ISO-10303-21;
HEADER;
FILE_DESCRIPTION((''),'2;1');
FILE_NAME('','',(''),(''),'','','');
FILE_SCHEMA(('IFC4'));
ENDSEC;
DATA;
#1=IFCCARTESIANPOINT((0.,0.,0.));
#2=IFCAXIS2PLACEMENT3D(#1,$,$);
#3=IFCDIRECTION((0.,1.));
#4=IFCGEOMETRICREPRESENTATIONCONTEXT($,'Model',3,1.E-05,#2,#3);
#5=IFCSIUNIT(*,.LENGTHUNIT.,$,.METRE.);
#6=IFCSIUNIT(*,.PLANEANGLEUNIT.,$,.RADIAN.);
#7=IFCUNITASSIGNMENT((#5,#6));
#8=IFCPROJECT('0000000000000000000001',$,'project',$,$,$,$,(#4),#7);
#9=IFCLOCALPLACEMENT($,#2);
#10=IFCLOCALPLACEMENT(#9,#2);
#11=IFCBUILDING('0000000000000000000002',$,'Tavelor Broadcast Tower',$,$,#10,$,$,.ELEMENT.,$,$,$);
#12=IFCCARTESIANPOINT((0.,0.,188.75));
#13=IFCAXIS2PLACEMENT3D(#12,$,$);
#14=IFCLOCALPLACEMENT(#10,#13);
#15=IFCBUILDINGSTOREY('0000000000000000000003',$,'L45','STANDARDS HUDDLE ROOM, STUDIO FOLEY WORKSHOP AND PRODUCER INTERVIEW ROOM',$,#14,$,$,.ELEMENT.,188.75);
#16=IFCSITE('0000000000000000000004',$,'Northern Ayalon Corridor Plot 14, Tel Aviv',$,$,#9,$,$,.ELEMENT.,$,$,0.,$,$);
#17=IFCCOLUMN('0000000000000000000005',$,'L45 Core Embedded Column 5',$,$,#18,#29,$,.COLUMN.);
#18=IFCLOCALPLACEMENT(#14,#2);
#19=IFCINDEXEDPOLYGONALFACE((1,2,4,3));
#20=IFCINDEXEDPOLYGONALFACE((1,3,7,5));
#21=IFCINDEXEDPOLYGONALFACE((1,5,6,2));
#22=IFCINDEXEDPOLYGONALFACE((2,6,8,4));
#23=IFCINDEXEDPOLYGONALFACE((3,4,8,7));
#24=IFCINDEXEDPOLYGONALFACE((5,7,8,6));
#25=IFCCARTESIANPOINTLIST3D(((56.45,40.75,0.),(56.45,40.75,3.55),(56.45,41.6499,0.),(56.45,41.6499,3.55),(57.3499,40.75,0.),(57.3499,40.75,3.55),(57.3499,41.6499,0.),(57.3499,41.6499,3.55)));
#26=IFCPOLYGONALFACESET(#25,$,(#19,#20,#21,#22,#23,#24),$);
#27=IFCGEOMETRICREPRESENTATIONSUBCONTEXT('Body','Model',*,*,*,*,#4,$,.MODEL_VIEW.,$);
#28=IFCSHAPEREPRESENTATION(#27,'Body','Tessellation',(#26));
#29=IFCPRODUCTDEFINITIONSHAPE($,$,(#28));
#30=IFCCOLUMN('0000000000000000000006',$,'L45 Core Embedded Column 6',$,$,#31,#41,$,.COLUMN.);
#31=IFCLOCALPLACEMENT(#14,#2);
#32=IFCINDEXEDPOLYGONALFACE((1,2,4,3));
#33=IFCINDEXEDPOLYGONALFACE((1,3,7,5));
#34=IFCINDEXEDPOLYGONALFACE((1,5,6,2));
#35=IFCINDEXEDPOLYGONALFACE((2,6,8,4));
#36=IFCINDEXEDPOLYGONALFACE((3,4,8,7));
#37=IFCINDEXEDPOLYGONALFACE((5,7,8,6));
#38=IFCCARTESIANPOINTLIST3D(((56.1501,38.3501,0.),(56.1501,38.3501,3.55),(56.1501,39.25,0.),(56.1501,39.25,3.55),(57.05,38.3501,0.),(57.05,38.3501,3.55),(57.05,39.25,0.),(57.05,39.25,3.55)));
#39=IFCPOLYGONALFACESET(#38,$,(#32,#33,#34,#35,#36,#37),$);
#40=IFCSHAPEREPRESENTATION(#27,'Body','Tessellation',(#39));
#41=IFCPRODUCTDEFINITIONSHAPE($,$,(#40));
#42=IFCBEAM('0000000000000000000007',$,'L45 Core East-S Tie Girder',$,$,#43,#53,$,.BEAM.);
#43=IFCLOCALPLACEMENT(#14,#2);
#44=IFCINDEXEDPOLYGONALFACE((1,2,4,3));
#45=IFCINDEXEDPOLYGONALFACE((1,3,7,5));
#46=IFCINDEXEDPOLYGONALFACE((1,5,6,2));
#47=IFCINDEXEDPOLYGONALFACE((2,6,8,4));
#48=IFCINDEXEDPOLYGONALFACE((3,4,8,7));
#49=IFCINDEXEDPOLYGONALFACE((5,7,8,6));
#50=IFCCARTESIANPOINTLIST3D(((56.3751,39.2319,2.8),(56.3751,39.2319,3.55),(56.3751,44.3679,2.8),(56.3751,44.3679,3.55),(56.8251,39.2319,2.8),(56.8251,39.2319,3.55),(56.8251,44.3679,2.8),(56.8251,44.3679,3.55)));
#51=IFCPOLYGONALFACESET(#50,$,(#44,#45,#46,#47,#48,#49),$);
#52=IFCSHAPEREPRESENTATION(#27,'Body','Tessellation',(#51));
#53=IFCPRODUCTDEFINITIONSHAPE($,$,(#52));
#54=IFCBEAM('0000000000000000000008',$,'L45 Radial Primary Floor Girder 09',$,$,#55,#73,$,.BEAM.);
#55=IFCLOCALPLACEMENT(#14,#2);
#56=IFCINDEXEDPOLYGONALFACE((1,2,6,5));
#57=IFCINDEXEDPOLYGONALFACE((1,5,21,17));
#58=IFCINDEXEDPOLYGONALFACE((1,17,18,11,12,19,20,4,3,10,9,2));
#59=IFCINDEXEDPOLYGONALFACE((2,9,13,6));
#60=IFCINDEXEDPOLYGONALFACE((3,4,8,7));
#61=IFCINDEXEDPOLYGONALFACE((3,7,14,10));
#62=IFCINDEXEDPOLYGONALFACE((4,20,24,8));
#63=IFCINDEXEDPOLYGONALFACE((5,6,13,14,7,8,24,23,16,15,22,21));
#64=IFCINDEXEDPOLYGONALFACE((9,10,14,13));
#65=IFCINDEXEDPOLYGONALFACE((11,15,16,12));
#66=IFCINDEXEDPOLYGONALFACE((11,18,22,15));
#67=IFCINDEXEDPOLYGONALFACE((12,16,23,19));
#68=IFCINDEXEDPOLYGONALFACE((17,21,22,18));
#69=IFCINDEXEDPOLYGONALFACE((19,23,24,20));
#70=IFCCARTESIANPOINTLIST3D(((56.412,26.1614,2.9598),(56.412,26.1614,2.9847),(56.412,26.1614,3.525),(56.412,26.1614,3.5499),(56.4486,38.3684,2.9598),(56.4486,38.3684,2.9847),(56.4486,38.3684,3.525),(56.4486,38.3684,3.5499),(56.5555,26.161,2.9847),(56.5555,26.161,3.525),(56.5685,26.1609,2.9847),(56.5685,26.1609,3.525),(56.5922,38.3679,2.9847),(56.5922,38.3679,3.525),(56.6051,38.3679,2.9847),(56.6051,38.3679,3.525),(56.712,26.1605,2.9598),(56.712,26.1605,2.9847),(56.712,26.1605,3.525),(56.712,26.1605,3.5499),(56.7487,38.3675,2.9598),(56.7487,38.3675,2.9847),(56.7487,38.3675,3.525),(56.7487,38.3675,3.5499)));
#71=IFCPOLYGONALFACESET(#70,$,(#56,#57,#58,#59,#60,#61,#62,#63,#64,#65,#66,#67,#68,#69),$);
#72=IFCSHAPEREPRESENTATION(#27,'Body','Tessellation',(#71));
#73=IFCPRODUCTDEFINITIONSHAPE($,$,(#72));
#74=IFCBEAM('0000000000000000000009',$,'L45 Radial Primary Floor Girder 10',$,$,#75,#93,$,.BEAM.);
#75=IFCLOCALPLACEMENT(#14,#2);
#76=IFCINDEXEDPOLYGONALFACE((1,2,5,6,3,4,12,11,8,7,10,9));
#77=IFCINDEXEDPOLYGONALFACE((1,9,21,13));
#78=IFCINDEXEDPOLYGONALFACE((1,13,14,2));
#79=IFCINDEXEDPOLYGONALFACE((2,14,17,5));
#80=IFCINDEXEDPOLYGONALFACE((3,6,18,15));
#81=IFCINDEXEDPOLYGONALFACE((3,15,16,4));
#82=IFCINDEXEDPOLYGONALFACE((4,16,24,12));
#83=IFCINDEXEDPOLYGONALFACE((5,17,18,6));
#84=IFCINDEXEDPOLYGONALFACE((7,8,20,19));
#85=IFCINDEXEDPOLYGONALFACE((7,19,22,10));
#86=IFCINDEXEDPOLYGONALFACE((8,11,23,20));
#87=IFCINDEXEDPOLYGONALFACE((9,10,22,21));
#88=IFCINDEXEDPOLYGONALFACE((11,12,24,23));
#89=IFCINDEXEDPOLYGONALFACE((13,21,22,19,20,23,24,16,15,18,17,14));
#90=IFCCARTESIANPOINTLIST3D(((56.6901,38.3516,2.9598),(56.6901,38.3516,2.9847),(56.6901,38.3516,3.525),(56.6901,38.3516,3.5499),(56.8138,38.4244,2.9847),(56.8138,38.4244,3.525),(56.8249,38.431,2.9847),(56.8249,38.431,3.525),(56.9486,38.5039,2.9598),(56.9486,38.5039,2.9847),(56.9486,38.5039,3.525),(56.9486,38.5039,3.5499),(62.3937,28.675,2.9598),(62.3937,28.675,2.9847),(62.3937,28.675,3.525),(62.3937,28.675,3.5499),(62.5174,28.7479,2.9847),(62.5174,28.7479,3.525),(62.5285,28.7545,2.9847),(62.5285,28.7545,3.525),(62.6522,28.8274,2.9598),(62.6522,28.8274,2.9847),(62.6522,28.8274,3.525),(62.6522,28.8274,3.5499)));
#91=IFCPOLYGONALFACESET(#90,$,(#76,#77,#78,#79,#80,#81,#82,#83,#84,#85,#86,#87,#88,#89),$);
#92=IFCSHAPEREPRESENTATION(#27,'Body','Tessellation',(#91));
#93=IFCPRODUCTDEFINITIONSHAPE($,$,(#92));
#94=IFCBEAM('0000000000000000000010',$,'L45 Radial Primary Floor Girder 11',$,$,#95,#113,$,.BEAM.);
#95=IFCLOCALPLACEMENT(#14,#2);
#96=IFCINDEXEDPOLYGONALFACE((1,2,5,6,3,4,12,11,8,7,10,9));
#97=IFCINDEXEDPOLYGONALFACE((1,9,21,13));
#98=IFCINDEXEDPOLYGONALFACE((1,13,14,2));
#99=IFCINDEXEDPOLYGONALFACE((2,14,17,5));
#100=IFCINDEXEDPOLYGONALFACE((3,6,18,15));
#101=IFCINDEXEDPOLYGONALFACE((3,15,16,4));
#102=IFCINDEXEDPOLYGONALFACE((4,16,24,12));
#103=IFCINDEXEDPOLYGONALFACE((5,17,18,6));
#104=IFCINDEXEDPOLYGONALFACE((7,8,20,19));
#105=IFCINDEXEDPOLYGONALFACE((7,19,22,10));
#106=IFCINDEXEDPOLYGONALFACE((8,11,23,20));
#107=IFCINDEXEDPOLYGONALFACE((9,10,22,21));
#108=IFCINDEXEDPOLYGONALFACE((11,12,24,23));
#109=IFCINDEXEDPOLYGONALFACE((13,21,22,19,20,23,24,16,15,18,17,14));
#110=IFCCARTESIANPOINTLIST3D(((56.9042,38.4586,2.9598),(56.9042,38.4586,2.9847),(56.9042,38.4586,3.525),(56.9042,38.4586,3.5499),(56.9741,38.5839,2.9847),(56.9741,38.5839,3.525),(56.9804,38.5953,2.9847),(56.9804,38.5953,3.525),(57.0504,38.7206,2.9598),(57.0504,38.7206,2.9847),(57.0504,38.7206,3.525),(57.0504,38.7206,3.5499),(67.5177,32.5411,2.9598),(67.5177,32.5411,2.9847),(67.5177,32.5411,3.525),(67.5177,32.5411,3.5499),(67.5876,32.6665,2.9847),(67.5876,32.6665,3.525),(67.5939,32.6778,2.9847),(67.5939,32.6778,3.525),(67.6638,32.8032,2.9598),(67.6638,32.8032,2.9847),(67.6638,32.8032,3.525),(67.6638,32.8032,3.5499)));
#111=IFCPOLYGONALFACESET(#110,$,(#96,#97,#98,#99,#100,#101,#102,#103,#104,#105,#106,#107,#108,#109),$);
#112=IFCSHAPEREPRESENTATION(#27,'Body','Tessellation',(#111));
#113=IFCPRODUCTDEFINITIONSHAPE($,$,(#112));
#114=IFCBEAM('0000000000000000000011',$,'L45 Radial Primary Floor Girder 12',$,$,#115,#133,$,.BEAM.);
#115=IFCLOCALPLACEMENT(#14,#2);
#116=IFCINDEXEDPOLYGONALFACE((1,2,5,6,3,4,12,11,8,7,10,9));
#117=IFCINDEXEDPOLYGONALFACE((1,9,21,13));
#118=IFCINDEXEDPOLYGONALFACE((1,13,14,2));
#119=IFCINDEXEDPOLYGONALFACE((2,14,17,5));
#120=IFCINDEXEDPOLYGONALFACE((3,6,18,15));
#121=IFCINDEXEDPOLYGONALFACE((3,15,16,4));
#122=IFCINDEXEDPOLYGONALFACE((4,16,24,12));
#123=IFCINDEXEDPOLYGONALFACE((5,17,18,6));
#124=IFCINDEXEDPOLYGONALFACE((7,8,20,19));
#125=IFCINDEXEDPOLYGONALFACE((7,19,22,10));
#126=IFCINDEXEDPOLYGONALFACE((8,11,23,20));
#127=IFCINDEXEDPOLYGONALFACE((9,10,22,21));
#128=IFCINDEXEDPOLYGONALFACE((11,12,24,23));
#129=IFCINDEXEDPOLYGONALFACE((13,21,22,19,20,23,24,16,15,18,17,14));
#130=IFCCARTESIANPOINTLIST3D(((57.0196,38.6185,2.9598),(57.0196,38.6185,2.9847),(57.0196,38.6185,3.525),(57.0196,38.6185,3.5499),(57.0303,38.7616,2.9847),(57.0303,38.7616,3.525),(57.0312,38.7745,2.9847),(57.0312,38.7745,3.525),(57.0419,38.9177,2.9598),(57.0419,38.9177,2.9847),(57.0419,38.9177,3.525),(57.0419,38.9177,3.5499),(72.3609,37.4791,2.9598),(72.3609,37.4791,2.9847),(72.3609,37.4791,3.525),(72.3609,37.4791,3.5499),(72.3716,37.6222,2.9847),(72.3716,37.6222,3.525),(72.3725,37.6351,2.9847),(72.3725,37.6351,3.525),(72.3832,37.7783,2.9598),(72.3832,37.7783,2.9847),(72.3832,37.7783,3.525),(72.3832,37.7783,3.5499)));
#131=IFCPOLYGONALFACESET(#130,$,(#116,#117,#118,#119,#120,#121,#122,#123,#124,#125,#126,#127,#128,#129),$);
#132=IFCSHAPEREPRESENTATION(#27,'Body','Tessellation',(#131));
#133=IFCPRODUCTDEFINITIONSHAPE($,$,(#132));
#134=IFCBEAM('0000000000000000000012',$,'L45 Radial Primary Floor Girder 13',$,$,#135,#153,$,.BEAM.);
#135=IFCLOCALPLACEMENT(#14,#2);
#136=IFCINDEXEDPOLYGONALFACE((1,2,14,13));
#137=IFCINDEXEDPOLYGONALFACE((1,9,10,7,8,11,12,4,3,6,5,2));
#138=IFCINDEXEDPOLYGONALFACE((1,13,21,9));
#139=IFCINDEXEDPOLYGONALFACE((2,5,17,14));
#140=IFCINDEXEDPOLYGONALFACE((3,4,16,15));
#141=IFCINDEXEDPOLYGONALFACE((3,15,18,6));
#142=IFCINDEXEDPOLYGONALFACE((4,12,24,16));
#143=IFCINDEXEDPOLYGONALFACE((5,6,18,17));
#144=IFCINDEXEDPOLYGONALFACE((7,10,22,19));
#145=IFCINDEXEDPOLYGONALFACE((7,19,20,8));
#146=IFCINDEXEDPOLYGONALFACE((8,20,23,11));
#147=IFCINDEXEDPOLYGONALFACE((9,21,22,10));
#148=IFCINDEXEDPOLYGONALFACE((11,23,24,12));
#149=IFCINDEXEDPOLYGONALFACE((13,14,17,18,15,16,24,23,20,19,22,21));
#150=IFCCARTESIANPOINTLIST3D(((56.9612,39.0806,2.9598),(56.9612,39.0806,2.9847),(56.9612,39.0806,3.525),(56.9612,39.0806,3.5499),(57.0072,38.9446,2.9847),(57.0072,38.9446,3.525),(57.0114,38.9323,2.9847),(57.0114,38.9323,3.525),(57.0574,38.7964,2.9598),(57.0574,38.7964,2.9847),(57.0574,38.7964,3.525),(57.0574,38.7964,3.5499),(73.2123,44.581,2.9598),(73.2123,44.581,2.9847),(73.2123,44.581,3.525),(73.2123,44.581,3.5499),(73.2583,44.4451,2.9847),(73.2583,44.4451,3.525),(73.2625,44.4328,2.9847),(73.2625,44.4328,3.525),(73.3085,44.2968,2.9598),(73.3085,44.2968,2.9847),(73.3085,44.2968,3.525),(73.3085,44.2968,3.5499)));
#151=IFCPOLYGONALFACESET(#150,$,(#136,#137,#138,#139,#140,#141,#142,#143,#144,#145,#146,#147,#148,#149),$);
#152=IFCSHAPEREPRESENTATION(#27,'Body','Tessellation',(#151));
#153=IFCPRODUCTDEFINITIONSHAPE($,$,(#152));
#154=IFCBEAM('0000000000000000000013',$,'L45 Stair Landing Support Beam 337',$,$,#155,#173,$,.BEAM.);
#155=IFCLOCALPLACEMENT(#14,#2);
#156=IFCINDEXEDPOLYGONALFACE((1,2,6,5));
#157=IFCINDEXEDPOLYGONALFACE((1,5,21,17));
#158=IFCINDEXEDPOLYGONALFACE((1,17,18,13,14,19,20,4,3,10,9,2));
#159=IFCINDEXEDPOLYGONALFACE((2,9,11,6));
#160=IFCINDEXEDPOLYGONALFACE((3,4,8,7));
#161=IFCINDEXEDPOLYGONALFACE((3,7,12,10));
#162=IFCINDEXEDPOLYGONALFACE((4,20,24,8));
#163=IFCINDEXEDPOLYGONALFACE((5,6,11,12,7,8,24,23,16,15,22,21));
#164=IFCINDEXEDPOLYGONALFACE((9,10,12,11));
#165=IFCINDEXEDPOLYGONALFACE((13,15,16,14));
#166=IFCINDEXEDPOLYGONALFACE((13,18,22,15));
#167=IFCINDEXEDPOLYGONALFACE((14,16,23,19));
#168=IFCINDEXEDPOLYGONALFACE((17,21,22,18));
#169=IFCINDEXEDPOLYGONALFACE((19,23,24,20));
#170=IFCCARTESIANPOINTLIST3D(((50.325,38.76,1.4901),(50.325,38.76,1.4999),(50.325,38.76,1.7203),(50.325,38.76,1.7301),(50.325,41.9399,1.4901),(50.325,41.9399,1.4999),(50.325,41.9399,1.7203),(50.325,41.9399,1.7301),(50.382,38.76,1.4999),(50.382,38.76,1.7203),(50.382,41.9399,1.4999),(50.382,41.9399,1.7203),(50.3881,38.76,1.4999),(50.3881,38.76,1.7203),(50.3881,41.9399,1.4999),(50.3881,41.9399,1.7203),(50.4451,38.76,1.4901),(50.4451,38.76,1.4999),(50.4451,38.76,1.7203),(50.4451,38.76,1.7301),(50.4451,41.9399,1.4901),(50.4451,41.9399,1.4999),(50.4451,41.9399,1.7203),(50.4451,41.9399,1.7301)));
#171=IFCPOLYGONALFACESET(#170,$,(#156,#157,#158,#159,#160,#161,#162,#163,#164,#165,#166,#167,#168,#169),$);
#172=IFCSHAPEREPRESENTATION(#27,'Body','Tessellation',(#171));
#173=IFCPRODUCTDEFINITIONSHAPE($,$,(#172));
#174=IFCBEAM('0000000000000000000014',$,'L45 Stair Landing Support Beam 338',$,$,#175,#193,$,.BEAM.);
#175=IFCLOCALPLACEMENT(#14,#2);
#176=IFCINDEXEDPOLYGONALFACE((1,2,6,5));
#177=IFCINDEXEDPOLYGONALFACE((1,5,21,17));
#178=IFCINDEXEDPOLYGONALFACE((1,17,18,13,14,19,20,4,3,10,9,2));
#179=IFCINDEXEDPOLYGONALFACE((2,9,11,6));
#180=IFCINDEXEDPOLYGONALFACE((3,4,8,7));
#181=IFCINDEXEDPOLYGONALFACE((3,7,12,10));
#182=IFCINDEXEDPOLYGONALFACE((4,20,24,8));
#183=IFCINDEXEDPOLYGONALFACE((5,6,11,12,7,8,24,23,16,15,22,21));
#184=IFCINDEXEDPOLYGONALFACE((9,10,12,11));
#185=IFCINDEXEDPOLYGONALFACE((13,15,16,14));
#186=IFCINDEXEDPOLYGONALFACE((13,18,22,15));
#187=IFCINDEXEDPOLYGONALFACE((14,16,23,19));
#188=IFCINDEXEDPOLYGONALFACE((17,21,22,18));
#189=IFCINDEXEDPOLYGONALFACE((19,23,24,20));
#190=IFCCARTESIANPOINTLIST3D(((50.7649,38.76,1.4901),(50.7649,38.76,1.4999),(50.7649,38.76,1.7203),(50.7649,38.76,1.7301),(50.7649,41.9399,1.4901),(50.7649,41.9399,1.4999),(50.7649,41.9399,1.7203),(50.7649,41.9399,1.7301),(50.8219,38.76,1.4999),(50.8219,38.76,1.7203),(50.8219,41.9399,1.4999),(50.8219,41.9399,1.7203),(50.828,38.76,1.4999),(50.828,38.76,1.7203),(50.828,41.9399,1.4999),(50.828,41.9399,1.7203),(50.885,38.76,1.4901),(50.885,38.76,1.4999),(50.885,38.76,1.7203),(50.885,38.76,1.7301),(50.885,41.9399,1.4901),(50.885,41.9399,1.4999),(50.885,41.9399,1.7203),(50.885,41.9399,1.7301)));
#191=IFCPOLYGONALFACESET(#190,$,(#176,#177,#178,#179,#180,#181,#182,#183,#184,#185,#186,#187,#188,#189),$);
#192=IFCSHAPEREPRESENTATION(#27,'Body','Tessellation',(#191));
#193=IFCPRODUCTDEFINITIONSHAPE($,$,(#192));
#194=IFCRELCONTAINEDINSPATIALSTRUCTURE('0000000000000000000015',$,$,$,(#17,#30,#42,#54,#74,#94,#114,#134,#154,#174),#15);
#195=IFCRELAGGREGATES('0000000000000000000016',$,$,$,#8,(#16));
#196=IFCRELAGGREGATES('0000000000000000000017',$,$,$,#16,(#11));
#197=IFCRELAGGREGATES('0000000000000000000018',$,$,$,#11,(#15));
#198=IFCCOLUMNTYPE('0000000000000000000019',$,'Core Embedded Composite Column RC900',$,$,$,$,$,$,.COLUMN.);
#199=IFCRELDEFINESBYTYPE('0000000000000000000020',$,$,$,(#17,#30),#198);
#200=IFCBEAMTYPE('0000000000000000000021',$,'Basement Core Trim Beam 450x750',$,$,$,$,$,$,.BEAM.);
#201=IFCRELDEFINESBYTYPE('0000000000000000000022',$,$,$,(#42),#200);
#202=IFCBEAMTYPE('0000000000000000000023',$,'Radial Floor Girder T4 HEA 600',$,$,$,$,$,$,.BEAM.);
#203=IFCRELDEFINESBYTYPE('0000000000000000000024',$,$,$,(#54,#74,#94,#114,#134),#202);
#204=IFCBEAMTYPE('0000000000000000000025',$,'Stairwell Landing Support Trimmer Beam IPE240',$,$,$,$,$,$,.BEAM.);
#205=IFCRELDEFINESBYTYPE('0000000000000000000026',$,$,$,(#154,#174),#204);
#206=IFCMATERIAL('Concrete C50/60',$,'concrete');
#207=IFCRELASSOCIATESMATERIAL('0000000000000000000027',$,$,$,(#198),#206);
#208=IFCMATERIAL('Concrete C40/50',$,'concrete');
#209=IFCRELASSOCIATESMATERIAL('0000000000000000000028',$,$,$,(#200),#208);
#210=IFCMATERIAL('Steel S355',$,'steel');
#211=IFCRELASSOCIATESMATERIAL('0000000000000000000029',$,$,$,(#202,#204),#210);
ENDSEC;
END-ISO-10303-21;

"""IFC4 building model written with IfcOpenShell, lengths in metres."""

from ifc_helpers import new_model, si_unit, direction, frame, origin, origin_2d, place, context, subcontext, project, spatial, rectangle, i_section, extrude, material, material_profile, profile_set, type_object, element, save


model = new_model("IFC4")

# Units and contexts
model_context = context("Model", 3, precision=1e-05, world=origin(), true_north=direction((0.0, 1.0)))
body_context = subcontext(model_context, "Body", "Model", "MODEL_VIEW")
ifc_project = project(units=[si_unit("LENGTHUNIT", "METRE"), si_unit("PLANEANGLEUNIT", "RADIAN")], contexts=[model_context])

# Site, building, storey
site_placement = place(None, origin())
site = spatial("IfcSite", under=ifc_project, at=site_placement, Name="Northern Ayalon Corridor Plot 14, Tel Aviv", CompositionType="ELEMENT", RefElevation=0.0)
building_placement = place(site_placement, origin())
building = spatial("IfcBuilding", under=site, at=building_placement, Name="Tavelor Broadcast Tower", CompositionType="ELEMENT")
storey_placement = place(building_placement, frame((0.0, 0.0, 188.75)))
storey = spatial("IfcBuildingStorey", under=building, at=storey_placement, Name="L45", Description="STANDARDS HUDDLE ROOM, STUDIO FOLEY WORKSHOP AND PRODUCER INTERVIEW ROOM", CompositionType="ELEMENT", Elevation=188.75)

# Columns
ifc_material_1 = material(Name="Concrete C50/60", Category="concrete")
ifc_material_profile_1 = material_profile(ifc_material_1, rectangle(XDim=0.8999, YDim=0.8999, at=origin_2d()), Name="RC 900x900")
ifc_profile_set_1 = profile_set([ifc_material_profile_1], Name="Concrete C50/60")
column_type = type_object("IfcColumnType", Name="Core Embedded Composite Column RC900", PredefinedType="COLUMN", material=ifc_profile_set_1)
for number, where, z_axis, x_axis, name in (
    (1, (56.8999, 41.2, 0.0), (0.0, 0.0, 1.0), (1.0, 0.0, 0.0), "L45 Core Embedded Column 5"),
    (2, (56.6001, 38.8, 0.0), (0.0, 0.0, 1.0), (1.0, 0.0, 0.0), "L45 Core Embedded Column 6"),
):
    element("IfcColumn", number, at=place(storey_placement, frame(where, z_axis=z_axis, x_axis=x_axis)), inside=storey, type_object=column_type, Name=name, PredefinedType="COLUMN", context=body_context, shape_type="SweptSolid", body=[
        extrude(rectangle(XDim=0.8999, YDim=0.8999, at=origin_2d()), origin(), (0.0, 0.0, 1.0), 3.55),
    ])

# Beams
ifc_material_2 = material(Name="Concrete C40/50", Category="concrete")
ifc_material_profile_2 = material_profile(ifc_material_2, rectangle(XDim=0.45, YDim=0.75, at=origin_2d()), Name="RC 450x750")
ifc_profile_set_2 = profile_set([ifc_material_profile_2], Name="Concrete C40/50")
beam_type_1 = type_object("IfcBeamType", Name="Basement Core Trim Beam 450x750", PredefinedType="BEAM", material=ifc_profile_set_2)
beam_1_placement = place(storey_placement, frame((56.6001, 39.2319, 3.175), z_axis=(0.0, 1.0, 0.0), x_axis=(-1.0, 0.0, 0.0)))
element("IfcBeam", 3, at=beam_1_placement, inside=storey, type_object=beam_type_1, Name="L45 Core East-S Tie Girder", PredefinedType="BEAM", context=body_context, shape_type="SweptSolid", body=[
    extrude(rectangle(XDim=0.45, YDim=0.75, at=origin_2d()), origin(), (0.0, 0.0, 1.0), 5.136),
])
ifc_material_3 = material(Name="Steel S355", Category="steel")
ifc_material_profile_3 = material_profile(ifc_material_3, i_section(OverallWidth=0.3, OverallDepth=0.5901, WebThickness=0.0129, FlangeThickness=0.0249, at=origin_2d()), Name="HEA 600")
ifc_profile_set_3 = profile_set([ifc_material_profile_3], Name="Steel S355")
beam_type_2 = type_object("IfcBeamType", Name="Radial Floor Girder T4 HEA 600", PredefinedType="BEAM", material=ifc_profile_set_3)
beam_2_placement = place(storey_placement, frame((56.5986, 38.3679, 3.2549), z_axis=(-0.003, -0.999996, 0.0), x_axis=(0.999996, -0.003, 0.0)))
element("IfcBeam", 4, at=beam_2_placement, inside=storey, type_object=beam_type_2, Name="L45 Radial Primary Floor Girder 09", PredefinedType="BEAM", context=body_context, shape_type="SweptSolid", body=[
    extrude(i_section(OverallWidth=0.3, OverallDepth=0.5901, WebThickness=0.0129, FlangeThickness=0.0249, at=origin_2d()), origin(), (0.0, 0.0, 1.0), 12.207),
])
beam_3_placement = place(storey_placement, frame((56.8193, 38.4277, 3.2549), z_axis=(0.507784, -0.861485, 0.0), x_axis=(0.861485, 0.507784, 0.0)))
element("IfcBeam", 5, at=beam_3_placement, inside=storey, type_object=beam_type_2, Name="L45 Radial Primary Floor Girder 10", PredefinedType="BEAM", context=body_context, shape_type="SweptSolid", body=[
    extrude(i_section(OverallWidth=0.3, OverallDepth=0.5901, WebThickness=0.0129, FlangeThickness=0.0249, at=origin_2d()), origin(), (0.0, 0.0, 1.0), 11.2324),
])
beam_4_placement = place(storey_placement, frame((56.9773, 38.5896, 3.2549), z_axis=(0.87342, -0.486968, 0.0), x_axis=(0.486968, 0.87342, 0.0)))
element("IfcBeam", 6, at=beam_4_placement, inside=storey, type_object=beam_type_2, Name="L45 Radial Primary Floor Girder 11", PredefinedType="BEAM", context=body_context, shape_type="SweptSolid", body=[
    extrude(i_section(OverallWidth=0.3, OverallDepth=0.5901, WebThickness=0.0129, FlangeThickness=0.0249, at=origin_2d()), origin(), (0.0, 0.0, 1.0), 12.1516),
])
beam_5_placement = place(storey_placement, frame((57.0308, 38.7681, 3.2549), z_axis=(0.997253, -0.074066, 0.0), x_axis=(0.074066, 0.997253, 0.0)))
element("IfcBeam", 7, at=beam_5_placement, inside=storey, type_object=beam_type_2, Name="L45 Radial Primary Floor Girder 12", PredefinedType="BEAM", context=body_context, shape_type="SweptSolid", body=[
    extrude(i_section(OverallWidth=0.3, OverallDepth=0.5901, WebThickness=0.0129, FlangeThickness=0.0249, at=origin_2d()), origin(), (0.0, 0.0, 1.0), 15.3835),
])
beam_6_placement = place(storey_placement, frame((57.0093, 38.9385, 3.2549), z_axis=(0.947215, 0.3206, 0.0), x_axis=(-0.3206, 0.947215, 0.0)))
element("IfcBeam", 8, at=beam_6_placement, inside=storey, type_object=beam_type_2, Name="L45 Radial Primary Floor Girder 13", PredefinedType="BEAM", context=body_context, shape_type="SweptSolid", body=[
    extrude(i_section(OverallWidth=0.3, OverallDepth=0.5901, WebThickness=0.0129, FlangeThickness=0.0249, at=origin_2d()), origin(), (0.0, 0.0, 1.0), 17.1567),
])
ifc_material_profile_4 = material_profile(ifc_material_3, i_section(OverallWidth=0.1201, OverallDepth=0.24, WebThickness=0.0061, FlangeThickness=0.0098, at=origin_2d()), Name="IPE 240")
ifc_profile_set_4 = profile_set([ifc_material_profile_4], Name="Steel S355")
beam_type_3 = type_object("IfcBeamType", Name="Stairwell Landing Support Trimmer Beam IPE240", PredefinedType="BEAM", material=ifc_profile_set_4)
for number, where, z_axis, x_axis, name in (
    (9, (50.385, 38.76, 1.6101), (0.0, 1.0, 0.0), (-1.0, 0.0, 0.0), "L45 Stair Landing Support Beam 337"),
    (10, (50.825, 38.76, 1.6101), (0.0, 1.0, 0.0), (-1.0, 0.0, 0.0), "L45 Stair Landing Support Beam 338"),
):
    element("IfcBeam", number, at=place(storey_placement, frame(where, z_axis=z_axis, x_axis=x_axis)), inside=storey, type_object=beam_type_3, Name=name, PredefinedType="BEAM", context=body_context, shape_type="SweptSolid", body=[
        extrude(i_section(OverallWidth=0.1201, OverallDepth=0.24, WebThickness=0.0061, FlangeThickness=0.0098, at=origin_2d()), origin(), (0.0, 0.0, 1.0), 3.1799),
    ])

save(model, "model.ifc")
